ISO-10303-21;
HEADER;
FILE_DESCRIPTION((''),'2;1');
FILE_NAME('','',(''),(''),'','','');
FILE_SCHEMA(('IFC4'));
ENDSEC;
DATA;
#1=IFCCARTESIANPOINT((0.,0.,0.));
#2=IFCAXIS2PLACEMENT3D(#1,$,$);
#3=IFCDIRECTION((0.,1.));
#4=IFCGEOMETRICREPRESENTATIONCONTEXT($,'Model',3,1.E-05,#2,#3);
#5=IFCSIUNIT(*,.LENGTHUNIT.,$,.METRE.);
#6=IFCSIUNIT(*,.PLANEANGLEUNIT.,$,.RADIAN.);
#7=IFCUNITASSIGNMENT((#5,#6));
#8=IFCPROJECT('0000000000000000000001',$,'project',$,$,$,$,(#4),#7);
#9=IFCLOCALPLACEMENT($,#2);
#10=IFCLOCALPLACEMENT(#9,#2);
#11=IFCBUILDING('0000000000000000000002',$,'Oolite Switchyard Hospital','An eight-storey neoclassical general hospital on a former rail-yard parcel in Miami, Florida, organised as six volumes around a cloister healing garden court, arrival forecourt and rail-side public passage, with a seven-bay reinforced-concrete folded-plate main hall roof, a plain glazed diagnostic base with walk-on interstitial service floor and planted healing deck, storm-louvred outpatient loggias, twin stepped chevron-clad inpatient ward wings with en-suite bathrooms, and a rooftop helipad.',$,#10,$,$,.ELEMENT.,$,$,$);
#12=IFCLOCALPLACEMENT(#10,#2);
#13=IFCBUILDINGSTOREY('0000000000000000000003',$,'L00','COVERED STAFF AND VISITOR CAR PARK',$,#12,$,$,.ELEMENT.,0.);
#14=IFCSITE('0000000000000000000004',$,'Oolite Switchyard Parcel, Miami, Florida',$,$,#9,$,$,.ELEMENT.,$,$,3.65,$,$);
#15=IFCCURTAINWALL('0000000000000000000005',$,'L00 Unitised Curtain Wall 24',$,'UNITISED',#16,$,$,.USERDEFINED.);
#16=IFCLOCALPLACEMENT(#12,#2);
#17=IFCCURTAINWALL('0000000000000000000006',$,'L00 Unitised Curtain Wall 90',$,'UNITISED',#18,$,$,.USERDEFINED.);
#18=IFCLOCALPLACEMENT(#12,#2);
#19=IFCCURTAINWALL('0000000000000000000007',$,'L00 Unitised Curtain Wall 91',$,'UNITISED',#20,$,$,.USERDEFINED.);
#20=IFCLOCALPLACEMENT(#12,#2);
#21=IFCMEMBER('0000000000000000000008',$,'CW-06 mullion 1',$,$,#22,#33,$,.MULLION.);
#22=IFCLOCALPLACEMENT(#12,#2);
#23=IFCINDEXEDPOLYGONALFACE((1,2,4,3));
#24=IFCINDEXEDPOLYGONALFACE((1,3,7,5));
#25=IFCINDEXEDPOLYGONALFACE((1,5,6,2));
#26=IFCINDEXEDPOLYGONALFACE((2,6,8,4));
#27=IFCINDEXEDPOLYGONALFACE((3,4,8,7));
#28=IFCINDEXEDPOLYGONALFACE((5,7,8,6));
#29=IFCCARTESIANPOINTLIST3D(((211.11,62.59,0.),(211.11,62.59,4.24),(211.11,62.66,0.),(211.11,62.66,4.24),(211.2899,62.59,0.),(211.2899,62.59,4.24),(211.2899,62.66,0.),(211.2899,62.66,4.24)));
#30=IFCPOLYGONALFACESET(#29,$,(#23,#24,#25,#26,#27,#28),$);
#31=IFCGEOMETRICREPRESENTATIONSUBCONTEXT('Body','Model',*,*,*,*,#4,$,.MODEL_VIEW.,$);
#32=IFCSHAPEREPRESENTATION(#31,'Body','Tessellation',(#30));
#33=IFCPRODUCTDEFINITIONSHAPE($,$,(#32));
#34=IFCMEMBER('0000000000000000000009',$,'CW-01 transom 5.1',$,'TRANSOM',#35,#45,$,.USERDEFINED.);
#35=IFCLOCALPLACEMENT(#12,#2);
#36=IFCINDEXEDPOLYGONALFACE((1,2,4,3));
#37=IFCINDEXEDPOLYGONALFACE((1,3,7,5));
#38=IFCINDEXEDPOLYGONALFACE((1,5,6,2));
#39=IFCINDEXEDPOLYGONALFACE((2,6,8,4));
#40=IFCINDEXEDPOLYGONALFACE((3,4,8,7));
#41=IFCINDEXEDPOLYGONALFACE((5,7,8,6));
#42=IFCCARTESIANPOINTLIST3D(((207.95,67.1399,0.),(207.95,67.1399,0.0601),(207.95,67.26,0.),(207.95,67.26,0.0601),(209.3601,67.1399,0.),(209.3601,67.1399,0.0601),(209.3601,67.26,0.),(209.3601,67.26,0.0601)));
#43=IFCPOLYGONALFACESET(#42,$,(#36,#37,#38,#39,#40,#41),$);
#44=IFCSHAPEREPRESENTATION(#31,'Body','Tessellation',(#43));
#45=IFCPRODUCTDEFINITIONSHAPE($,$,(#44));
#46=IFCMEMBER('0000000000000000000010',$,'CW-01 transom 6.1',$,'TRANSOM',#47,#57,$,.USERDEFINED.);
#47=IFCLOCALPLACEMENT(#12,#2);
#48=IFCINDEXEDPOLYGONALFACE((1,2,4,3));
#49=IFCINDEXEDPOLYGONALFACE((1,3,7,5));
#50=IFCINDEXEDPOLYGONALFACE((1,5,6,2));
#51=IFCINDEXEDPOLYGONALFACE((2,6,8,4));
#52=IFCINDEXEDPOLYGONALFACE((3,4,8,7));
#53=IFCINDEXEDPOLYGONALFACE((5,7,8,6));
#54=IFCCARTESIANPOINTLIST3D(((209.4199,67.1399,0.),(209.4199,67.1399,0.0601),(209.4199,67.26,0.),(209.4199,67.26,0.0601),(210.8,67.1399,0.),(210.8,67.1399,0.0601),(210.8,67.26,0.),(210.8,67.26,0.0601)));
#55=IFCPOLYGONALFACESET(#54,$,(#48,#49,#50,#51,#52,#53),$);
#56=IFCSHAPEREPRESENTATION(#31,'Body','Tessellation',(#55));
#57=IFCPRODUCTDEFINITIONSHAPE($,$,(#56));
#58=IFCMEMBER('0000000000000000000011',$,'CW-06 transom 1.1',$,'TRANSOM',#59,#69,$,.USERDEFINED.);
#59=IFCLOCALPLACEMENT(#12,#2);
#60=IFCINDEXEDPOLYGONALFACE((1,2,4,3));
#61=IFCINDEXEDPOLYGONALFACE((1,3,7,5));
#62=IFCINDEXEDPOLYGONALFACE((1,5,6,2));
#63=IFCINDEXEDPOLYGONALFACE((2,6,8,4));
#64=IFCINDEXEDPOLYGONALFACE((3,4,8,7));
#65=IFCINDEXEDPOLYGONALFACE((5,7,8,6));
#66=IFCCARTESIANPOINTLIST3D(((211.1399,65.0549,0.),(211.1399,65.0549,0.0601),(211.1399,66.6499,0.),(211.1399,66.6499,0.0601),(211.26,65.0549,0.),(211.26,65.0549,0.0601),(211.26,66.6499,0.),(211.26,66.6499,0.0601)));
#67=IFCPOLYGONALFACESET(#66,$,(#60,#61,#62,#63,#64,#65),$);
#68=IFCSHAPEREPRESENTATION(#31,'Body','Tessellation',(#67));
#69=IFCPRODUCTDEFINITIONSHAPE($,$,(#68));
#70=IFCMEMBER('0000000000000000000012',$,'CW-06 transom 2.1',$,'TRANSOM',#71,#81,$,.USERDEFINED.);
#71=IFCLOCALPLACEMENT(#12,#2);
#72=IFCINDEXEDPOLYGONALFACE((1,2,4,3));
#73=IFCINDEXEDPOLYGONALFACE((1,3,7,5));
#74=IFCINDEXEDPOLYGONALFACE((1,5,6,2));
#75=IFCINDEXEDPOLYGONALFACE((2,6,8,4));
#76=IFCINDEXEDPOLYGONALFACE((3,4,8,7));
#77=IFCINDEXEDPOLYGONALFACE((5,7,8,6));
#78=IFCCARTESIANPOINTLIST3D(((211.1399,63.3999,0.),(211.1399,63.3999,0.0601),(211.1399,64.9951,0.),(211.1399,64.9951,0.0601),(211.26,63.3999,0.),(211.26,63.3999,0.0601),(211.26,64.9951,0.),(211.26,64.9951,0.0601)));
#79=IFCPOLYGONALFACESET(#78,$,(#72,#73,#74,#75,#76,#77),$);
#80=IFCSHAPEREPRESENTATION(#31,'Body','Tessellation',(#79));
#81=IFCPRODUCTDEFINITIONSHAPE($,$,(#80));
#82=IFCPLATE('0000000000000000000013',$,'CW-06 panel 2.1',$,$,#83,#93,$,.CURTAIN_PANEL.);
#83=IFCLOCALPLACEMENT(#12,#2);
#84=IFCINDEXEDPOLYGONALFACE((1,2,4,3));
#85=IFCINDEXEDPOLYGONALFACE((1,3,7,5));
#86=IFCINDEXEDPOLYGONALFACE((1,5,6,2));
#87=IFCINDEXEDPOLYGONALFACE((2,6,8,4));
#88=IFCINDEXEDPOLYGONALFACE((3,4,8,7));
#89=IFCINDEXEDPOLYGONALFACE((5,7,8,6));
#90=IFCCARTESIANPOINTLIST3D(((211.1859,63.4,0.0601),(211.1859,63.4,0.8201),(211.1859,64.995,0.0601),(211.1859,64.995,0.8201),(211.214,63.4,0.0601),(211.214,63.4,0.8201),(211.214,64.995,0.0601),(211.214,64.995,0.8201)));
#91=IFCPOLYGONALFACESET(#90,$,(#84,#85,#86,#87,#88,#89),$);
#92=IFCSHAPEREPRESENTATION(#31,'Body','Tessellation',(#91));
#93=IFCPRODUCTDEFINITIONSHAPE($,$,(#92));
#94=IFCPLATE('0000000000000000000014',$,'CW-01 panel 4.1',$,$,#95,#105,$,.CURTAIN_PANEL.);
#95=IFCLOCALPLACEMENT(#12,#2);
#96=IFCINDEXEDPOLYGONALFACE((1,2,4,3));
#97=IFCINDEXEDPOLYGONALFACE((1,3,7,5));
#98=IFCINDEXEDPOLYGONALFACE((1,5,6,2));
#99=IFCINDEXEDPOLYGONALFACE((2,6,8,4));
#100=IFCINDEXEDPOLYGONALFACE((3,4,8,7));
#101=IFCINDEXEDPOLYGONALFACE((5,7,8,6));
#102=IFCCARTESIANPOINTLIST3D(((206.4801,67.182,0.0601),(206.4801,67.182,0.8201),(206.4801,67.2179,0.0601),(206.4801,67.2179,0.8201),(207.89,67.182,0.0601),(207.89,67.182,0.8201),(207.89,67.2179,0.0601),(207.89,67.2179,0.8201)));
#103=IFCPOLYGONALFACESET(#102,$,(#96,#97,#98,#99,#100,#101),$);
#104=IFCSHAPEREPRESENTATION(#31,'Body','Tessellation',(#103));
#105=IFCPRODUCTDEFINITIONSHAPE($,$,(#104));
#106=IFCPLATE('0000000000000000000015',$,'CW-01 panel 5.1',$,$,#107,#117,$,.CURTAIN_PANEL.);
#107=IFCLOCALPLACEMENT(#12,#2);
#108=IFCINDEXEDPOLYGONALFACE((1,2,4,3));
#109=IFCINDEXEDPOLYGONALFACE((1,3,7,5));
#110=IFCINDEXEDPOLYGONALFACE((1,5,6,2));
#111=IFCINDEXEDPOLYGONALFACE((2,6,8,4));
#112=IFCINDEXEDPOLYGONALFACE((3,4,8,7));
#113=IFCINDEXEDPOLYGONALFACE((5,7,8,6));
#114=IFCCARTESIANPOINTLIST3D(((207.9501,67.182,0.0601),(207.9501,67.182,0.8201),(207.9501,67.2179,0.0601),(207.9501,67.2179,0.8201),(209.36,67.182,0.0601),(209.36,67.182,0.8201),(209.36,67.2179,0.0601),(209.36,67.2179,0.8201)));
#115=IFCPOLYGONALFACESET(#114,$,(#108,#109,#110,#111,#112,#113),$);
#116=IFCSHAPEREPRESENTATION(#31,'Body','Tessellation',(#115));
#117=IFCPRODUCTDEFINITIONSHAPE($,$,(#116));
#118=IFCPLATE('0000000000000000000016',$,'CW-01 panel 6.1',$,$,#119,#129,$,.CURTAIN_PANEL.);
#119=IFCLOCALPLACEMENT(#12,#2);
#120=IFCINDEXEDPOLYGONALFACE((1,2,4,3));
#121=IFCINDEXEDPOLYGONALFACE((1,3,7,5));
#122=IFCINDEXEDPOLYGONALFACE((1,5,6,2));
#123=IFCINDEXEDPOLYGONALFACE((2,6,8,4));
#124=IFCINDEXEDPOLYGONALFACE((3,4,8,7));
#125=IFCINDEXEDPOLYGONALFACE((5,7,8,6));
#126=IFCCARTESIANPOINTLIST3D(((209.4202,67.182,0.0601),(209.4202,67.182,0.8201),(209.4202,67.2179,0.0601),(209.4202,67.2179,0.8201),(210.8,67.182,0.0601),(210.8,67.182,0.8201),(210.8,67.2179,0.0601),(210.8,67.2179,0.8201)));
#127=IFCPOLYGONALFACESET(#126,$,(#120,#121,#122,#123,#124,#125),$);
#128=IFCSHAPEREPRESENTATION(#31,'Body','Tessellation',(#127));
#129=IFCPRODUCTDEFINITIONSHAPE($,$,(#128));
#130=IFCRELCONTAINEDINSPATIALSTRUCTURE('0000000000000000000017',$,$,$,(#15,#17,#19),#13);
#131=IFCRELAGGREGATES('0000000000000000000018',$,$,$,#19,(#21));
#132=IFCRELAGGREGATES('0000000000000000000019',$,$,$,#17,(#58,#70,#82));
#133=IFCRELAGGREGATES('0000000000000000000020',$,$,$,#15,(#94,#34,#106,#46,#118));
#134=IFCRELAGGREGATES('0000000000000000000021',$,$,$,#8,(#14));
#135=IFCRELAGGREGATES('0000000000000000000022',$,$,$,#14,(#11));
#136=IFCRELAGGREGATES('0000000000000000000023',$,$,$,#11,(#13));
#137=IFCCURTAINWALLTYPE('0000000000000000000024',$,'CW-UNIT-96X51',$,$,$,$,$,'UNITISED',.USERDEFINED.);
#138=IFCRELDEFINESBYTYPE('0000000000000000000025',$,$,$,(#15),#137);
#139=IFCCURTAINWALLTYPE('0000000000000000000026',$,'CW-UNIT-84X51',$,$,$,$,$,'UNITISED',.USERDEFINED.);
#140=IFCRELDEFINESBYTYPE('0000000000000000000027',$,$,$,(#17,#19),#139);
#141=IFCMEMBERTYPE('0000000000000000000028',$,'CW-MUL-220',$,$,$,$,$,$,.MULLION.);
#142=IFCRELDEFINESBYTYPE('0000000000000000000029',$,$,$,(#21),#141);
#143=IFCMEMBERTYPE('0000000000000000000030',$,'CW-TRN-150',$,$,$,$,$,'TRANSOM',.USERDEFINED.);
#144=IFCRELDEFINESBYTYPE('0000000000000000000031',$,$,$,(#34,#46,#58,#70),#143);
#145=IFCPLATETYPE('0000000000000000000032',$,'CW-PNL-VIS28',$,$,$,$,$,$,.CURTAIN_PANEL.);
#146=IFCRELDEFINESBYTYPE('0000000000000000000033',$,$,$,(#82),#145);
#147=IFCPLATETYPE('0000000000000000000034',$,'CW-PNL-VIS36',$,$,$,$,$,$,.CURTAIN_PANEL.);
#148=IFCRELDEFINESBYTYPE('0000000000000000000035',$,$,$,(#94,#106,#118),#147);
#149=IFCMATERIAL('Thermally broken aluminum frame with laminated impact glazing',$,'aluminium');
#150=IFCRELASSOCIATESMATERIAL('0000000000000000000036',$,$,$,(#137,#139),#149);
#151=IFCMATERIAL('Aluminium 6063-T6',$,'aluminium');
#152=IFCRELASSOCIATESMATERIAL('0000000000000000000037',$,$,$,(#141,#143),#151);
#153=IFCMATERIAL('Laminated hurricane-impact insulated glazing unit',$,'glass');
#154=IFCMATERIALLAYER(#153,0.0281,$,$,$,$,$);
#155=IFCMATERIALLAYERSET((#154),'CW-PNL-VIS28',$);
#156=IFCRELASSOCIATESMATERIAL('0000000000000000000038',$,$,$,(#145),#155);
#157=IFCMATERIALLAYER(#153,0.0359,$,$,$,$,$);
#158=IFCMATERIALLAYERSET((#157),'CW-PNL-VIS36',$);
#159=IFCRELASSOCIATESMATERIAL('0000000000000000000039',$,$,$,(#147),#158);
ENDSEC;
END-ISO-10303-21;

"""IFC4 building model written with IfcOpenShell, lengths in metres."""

from ifc_helpers import new_model, si_unit, direction, frame, origin, origin_2d, place, context, subcontext, project, spatial, rectangle, extrude, material, layer, layer_set, material_profile, profile_set, type_object, element, aggregate, save


model = new_model("IFC4")

# Units and contexts
model_context = context("Model", 3, precision=1e-05, world=origin(), true_north=direction((0.0, 1.0)))
body_context = subcontext(model_context, "Body", "Model", "MODEL_VIEW")
ifc_project = project(units=[si_unit("LENGTHUNIT", "METRE"), si_unit("PLANEANGLEUNIT", "RADIAN")], contexts=[model_context])

# Site, building, storey
site_placement = place(None, origin())
site = spatial("IfcSite", under=ifc_project, at=site_placement, Name="Oolite Switchyard Parcel, Miami, Florida", CompositionType="ELEMENT", RefElevation=3.65)
building_placement = place(site_placement, origin())
building = spatial("IfcBuilding", under=site, at=building_placement, Name="Oolite Switchyard Hospital", Description="An eight-storey neoclassical general hospital on a former rail-yard parcel in Miami, Florida, organised as six volumes around a cloister healing garden court, arrival forecourt and rail-side public passage, with a seven-bay reinforced-concrete folded-plate main hall roof, a plain glazed diagnostic base with walk-on interstitial service floor and planted healing deck, storm-louvred outpatient loggias, twin stepped chevron-clad inpatient ward wings with en-suite bathrooms, and a rooftop helipad.", CompositionType="ELEMENT")
storey_placement = place(building_placement, origin())
storey = spatial("IfcBuildingStorey", under=building, at=storey_placement, Name="L00", Description="COVERED STAFF AND VISITOR CAR PARK", CompositionType="ELEMENT", Elevation=0.0)

# Curtain walls
ifc_material_1 = material(Name="Thermally broken aluminum frame with laminated impact glazing", Category="aluminium")
curtain_wall_type_1 = type_object("IfcCurtainWallType", Name="CW-UNIT-96X51", ElementType="UNITISED", PredefinedType="USERDEFINED", material=ifc_material_1)
curtain_wall_1_placement = place(storey_placement, origin())
curtain_wall_1 = element("IfcCurtainWall", 1, at=curtain_wall_1_placement, inside=storey, type_object=curtain_wall_type_1, Name="L00 Unitised Curtain Wall 24", ObjectType="UNITISED", PredefinedType="USERDEFINED")
ifc_material_2 = material(Name="Aluminium 6063-T6", Category="aluminium")
curtain_wall_type_2 = type_object("IfcCurtainWallType", Name="CW-UNIT-84X51", ElementType="UNITISED", PredefinedType="USERDEFINED", material=ifc_material_1)
curtain_wall_2_placement = place(storey_placement, origin())
curtain_wall_2 = element("IfcCurtainWall", 2, at=curtain_wall_2_placement, inside=storey, type_object=curtain_wall_type_2, Name="L00 Unitised Curtain Wall 90", ObjectType="UNITISED", PredefinedType="USERDEFINED")

# Curtain wall, member
curtain_wall_3_placement = place(storey_placement, origin())
curtain_wall_3 = element("IfcCurtainWall", 3, at=curtain_wall_3_placement, inside=storey, type_object=curtain_wall_type_2, Name="L00 Unitised Curtain Wall 91", ObjectType="UNITISED", PredefinedType="USERDEFINED")
ifc_material_profile_1 = material_profile(ifc_material_2, rectangle(XDim=0.1799, YDim=0.0701, at=origin_2d()), Name="CWM70X180")
ifc_profile_set_1 = profile_set([ifc_material_profile_1], Name="Aluminium 6063-T6")
member_type_1 = type_object("IfcMemberType", Name="CW-MUL-220", PredefinedType="MULLION", material=ifc_profile_set_1)
member_1_placement = place(storey_placement, frame((211.2, 62.625, 0.0), z_axis=(0.0, 0.0, 1.0), x_axis=(1.0, 0.0, 0.0)))
member_1 = element("IfcMember", 4, at=member_1_placement, type_object=member_type_1, Name="CW-06 mullion 1", PredefinedType="MULLION", context=body_context, shape_type="SweptSolid", body=[
    extrude(rectangle(XDim=0.1799, YDim=0.0701, at=origin_2d()), origin(), (0.0, 0.0, 1.0), 4.24),
])
aggregate(curtain_wall_3, [member_1])

# Members
ifc_material_profile_2 = material_profile(ifc_material_2, rectangle(XDim=0.1201, YDim=0.0601, at=origin_2d()), Name="CWT60X120")
ifc_profile_set_2 = profile_set([ifc_material_profile_2], Name="Aluminium 6063-T6")
member_type_2 = type_object("IfcMemberType", Name="CW-TRN-150", ElementType="TRANSOM", PredefinedType="USERDEFINED", material=ifc_profile_set_2)
member_2_placement = place(storey_placement, frame((207.95, 67.2, 0.03), z_axis=(1.0, 0.0, 0.0), x_axis=(0.0, 1.0, 0.0)))
member_2 = element("IfcMember", 5, at=member_2_placement, type_object=member_type_2, Name="CW-01 transom 5.1", ObjectType="TRANSOM", PredefinedType="USERDEFINED", context=body_context, shape_type="SweptSolid", body=[
    extrude(rectangle(XDim=0.1201, YDim=0.0601, at=origin_2d()), origin(), (0.0, 0.0, 1.0), 1.4102),
])
member_3_placement = place(storey_placement, frame((209.4199, 67.2, 0.03), z_axis=(1.0, 0.0, 0.0), x_axis=(0.0, 1.0, 0.0)))
member_3 = element("IfcMember", 6, at=member_3_placement, type_object=member_type_2, Name="CW-01 transom 6.1", ObjectType="TRANSOM", PredefinedType="USERDEFINED", context=body_context, shape_type="SweptSolid", body=[
    extrude(rectangle(XDim=0.1201, YDim=0.0601, at=origin_2d()), origin(), (0.0, 0.0, 1.0), 1.3801),
])
member_4_placement = place(storey_placement, frame((211.2, 66.6499, 0.03), z_axis=(0.0, -1.0, 0.0), x_axis=(1.0, 0.0, 0.0)))
member_4 = element("IfcMember", 7, at=member_4_placement, type_object=member_type_2, Name="CW-06 transom 1.1", ObjectType="TRANSOM", PredefinedType="USERDEFINED", context=body_context, shape_type="SweptSolid", body=[
    extrude(rectangle(XDim=0.1201, YDim=0.0601, at=origin_2d()), origin(), (0.0, 0.0, 1.0), 1.595),
])
member_5_placement = place(storey_placement, frame((211.2, 64.9951, 0.03), z_axis=(0.0, -1.0, 0.0), x_axis=(1.0, 0.0, 0.0)))
member_5 = element("IfcMember", 8, at=member_5_placement, type_object=member_type_2, Name="CW-06 transom 2.1", ObjectType="TRANSOM", PredefinedType="USERDEFINED", context=body_context, shape_type="SweptSolid", body=[
    extrude(rectangle(XDim=0.1201, YDim=0.0601, at=origin_2d()), origin(), (0.0, 0.0, 1.0), 1.5952),
])

# Plates
ifc_material_3 = material(Name="Laminated hurricane-impact insulated glazing unit", Category="glass")
ifc_layer_1 = layer(ifc_material_3, 0.0281)
ifc_layer_set_1 = layer_set([ifc_layer_1], Name="CW-PNL-VIS28")
plate_type_1 = type_object("IfcPlateType", Name="CW-PNL-VIS28", PredefinedType="CURTAIN_PANEL", material=ifc_layer_set_1)
plate_1_placement = place(storey_placement, frame((211.2, 64.1975, 0.0601), z_axis=(0.0, 0.0, 1.0), x_axis=(0.0, -1.0, 0.0)))
plate_1 = element("IfcPlate", 9, at=plate_1_placement, type_object=plate_type_1, Name="CW-06 panel 2.1", PredefinedType="CURTAIN_PANEL", context=body_context, shape_type="SweptSolid", body=[
    extrude(rectangle(XDim=1.595, YDim=0.0281, at=origin_2d()), origin(), (0.0, 0.0, 1.0), 0.76),
])
aggregate(curtain_wall_2, [member_4, member_5, plate_1])
ifc_layer_2 = layer(ifc_material_3, 0.0359)
ifc_layer_set_2 = layer_set([ifc_layer_2], Name="CW-PNL-VIS36")
plate_type_2 = type_object("IfcPlateType", Name="CW-PNL-VIS36", PredefinedType="CURTAIN_PANEL", material=ifc_layer_set_2)
plate_2_placement = place(storey_placement, frame((207.1851, 67.2, 0.0601), z_axis=(0.0, 0.0, 1.0), x_axis=(1.0, 0.0, 0.0)))
plate_2 = element("IfcPlate", 10, at=plate_2_placement, type_object=plate_type_2, Name="CW-01 panel 4.1", PredefinedType="CURTAIN_PANEL", context=body_context, shape_type="SweptSolid", body=[
    extrude(rectangle(XDim=1.4099, YDim=0.0359, at=origin_2d()), origin(), (0.0, 0.0, 1.0), 0.76),
])
plate_3_placement = place(storey_placement, frame((208.655, 67.2, 0.0601), z_axis=(0.0, 0.0, 1.0), x_axis=(1.0, 0.0, 0.0)))
plate_3 = element("IfcPlate", 11, at=plate_3_placement, type_object=plate_type_2, Name="CW-01 panel 5.1", PredefinedType="CURTAIN_PANEL", context=body_context, shape_type="SweptSolid", body=[
    extrude(rectangle(XDim=1.4099, YDim=0.0359, at=origin_2d()), origin(), (0.0, 0.0, 1.0), 0.76),
])
plate_4_placement = place(storey_placement, frame((210.1101, 67.2, 0.0601), z_axis=(0.0, 0.0, 1.0), x_axis=(1.0, 0.0, 0.0)))
plate_4 = element("IfcPlate", 12, at=plate_4_placement, type_object=plate_type_2, Name="CW-01 panel 6.1", PredefinedType="CURTAIN_PANEL", context=body_context, shape_type="SweptSolid", body=[
    extrude(rectangle(XDim=1.3799, YDim=0.0359, at=origin_2d()), origin(), (0.0, 0.0, 1.0), 0.76),
])
aggregate(curtain_wall_1, [plate_2, member_2, plate_3, member_3, plate_4])

save(model, "model.ifc")
